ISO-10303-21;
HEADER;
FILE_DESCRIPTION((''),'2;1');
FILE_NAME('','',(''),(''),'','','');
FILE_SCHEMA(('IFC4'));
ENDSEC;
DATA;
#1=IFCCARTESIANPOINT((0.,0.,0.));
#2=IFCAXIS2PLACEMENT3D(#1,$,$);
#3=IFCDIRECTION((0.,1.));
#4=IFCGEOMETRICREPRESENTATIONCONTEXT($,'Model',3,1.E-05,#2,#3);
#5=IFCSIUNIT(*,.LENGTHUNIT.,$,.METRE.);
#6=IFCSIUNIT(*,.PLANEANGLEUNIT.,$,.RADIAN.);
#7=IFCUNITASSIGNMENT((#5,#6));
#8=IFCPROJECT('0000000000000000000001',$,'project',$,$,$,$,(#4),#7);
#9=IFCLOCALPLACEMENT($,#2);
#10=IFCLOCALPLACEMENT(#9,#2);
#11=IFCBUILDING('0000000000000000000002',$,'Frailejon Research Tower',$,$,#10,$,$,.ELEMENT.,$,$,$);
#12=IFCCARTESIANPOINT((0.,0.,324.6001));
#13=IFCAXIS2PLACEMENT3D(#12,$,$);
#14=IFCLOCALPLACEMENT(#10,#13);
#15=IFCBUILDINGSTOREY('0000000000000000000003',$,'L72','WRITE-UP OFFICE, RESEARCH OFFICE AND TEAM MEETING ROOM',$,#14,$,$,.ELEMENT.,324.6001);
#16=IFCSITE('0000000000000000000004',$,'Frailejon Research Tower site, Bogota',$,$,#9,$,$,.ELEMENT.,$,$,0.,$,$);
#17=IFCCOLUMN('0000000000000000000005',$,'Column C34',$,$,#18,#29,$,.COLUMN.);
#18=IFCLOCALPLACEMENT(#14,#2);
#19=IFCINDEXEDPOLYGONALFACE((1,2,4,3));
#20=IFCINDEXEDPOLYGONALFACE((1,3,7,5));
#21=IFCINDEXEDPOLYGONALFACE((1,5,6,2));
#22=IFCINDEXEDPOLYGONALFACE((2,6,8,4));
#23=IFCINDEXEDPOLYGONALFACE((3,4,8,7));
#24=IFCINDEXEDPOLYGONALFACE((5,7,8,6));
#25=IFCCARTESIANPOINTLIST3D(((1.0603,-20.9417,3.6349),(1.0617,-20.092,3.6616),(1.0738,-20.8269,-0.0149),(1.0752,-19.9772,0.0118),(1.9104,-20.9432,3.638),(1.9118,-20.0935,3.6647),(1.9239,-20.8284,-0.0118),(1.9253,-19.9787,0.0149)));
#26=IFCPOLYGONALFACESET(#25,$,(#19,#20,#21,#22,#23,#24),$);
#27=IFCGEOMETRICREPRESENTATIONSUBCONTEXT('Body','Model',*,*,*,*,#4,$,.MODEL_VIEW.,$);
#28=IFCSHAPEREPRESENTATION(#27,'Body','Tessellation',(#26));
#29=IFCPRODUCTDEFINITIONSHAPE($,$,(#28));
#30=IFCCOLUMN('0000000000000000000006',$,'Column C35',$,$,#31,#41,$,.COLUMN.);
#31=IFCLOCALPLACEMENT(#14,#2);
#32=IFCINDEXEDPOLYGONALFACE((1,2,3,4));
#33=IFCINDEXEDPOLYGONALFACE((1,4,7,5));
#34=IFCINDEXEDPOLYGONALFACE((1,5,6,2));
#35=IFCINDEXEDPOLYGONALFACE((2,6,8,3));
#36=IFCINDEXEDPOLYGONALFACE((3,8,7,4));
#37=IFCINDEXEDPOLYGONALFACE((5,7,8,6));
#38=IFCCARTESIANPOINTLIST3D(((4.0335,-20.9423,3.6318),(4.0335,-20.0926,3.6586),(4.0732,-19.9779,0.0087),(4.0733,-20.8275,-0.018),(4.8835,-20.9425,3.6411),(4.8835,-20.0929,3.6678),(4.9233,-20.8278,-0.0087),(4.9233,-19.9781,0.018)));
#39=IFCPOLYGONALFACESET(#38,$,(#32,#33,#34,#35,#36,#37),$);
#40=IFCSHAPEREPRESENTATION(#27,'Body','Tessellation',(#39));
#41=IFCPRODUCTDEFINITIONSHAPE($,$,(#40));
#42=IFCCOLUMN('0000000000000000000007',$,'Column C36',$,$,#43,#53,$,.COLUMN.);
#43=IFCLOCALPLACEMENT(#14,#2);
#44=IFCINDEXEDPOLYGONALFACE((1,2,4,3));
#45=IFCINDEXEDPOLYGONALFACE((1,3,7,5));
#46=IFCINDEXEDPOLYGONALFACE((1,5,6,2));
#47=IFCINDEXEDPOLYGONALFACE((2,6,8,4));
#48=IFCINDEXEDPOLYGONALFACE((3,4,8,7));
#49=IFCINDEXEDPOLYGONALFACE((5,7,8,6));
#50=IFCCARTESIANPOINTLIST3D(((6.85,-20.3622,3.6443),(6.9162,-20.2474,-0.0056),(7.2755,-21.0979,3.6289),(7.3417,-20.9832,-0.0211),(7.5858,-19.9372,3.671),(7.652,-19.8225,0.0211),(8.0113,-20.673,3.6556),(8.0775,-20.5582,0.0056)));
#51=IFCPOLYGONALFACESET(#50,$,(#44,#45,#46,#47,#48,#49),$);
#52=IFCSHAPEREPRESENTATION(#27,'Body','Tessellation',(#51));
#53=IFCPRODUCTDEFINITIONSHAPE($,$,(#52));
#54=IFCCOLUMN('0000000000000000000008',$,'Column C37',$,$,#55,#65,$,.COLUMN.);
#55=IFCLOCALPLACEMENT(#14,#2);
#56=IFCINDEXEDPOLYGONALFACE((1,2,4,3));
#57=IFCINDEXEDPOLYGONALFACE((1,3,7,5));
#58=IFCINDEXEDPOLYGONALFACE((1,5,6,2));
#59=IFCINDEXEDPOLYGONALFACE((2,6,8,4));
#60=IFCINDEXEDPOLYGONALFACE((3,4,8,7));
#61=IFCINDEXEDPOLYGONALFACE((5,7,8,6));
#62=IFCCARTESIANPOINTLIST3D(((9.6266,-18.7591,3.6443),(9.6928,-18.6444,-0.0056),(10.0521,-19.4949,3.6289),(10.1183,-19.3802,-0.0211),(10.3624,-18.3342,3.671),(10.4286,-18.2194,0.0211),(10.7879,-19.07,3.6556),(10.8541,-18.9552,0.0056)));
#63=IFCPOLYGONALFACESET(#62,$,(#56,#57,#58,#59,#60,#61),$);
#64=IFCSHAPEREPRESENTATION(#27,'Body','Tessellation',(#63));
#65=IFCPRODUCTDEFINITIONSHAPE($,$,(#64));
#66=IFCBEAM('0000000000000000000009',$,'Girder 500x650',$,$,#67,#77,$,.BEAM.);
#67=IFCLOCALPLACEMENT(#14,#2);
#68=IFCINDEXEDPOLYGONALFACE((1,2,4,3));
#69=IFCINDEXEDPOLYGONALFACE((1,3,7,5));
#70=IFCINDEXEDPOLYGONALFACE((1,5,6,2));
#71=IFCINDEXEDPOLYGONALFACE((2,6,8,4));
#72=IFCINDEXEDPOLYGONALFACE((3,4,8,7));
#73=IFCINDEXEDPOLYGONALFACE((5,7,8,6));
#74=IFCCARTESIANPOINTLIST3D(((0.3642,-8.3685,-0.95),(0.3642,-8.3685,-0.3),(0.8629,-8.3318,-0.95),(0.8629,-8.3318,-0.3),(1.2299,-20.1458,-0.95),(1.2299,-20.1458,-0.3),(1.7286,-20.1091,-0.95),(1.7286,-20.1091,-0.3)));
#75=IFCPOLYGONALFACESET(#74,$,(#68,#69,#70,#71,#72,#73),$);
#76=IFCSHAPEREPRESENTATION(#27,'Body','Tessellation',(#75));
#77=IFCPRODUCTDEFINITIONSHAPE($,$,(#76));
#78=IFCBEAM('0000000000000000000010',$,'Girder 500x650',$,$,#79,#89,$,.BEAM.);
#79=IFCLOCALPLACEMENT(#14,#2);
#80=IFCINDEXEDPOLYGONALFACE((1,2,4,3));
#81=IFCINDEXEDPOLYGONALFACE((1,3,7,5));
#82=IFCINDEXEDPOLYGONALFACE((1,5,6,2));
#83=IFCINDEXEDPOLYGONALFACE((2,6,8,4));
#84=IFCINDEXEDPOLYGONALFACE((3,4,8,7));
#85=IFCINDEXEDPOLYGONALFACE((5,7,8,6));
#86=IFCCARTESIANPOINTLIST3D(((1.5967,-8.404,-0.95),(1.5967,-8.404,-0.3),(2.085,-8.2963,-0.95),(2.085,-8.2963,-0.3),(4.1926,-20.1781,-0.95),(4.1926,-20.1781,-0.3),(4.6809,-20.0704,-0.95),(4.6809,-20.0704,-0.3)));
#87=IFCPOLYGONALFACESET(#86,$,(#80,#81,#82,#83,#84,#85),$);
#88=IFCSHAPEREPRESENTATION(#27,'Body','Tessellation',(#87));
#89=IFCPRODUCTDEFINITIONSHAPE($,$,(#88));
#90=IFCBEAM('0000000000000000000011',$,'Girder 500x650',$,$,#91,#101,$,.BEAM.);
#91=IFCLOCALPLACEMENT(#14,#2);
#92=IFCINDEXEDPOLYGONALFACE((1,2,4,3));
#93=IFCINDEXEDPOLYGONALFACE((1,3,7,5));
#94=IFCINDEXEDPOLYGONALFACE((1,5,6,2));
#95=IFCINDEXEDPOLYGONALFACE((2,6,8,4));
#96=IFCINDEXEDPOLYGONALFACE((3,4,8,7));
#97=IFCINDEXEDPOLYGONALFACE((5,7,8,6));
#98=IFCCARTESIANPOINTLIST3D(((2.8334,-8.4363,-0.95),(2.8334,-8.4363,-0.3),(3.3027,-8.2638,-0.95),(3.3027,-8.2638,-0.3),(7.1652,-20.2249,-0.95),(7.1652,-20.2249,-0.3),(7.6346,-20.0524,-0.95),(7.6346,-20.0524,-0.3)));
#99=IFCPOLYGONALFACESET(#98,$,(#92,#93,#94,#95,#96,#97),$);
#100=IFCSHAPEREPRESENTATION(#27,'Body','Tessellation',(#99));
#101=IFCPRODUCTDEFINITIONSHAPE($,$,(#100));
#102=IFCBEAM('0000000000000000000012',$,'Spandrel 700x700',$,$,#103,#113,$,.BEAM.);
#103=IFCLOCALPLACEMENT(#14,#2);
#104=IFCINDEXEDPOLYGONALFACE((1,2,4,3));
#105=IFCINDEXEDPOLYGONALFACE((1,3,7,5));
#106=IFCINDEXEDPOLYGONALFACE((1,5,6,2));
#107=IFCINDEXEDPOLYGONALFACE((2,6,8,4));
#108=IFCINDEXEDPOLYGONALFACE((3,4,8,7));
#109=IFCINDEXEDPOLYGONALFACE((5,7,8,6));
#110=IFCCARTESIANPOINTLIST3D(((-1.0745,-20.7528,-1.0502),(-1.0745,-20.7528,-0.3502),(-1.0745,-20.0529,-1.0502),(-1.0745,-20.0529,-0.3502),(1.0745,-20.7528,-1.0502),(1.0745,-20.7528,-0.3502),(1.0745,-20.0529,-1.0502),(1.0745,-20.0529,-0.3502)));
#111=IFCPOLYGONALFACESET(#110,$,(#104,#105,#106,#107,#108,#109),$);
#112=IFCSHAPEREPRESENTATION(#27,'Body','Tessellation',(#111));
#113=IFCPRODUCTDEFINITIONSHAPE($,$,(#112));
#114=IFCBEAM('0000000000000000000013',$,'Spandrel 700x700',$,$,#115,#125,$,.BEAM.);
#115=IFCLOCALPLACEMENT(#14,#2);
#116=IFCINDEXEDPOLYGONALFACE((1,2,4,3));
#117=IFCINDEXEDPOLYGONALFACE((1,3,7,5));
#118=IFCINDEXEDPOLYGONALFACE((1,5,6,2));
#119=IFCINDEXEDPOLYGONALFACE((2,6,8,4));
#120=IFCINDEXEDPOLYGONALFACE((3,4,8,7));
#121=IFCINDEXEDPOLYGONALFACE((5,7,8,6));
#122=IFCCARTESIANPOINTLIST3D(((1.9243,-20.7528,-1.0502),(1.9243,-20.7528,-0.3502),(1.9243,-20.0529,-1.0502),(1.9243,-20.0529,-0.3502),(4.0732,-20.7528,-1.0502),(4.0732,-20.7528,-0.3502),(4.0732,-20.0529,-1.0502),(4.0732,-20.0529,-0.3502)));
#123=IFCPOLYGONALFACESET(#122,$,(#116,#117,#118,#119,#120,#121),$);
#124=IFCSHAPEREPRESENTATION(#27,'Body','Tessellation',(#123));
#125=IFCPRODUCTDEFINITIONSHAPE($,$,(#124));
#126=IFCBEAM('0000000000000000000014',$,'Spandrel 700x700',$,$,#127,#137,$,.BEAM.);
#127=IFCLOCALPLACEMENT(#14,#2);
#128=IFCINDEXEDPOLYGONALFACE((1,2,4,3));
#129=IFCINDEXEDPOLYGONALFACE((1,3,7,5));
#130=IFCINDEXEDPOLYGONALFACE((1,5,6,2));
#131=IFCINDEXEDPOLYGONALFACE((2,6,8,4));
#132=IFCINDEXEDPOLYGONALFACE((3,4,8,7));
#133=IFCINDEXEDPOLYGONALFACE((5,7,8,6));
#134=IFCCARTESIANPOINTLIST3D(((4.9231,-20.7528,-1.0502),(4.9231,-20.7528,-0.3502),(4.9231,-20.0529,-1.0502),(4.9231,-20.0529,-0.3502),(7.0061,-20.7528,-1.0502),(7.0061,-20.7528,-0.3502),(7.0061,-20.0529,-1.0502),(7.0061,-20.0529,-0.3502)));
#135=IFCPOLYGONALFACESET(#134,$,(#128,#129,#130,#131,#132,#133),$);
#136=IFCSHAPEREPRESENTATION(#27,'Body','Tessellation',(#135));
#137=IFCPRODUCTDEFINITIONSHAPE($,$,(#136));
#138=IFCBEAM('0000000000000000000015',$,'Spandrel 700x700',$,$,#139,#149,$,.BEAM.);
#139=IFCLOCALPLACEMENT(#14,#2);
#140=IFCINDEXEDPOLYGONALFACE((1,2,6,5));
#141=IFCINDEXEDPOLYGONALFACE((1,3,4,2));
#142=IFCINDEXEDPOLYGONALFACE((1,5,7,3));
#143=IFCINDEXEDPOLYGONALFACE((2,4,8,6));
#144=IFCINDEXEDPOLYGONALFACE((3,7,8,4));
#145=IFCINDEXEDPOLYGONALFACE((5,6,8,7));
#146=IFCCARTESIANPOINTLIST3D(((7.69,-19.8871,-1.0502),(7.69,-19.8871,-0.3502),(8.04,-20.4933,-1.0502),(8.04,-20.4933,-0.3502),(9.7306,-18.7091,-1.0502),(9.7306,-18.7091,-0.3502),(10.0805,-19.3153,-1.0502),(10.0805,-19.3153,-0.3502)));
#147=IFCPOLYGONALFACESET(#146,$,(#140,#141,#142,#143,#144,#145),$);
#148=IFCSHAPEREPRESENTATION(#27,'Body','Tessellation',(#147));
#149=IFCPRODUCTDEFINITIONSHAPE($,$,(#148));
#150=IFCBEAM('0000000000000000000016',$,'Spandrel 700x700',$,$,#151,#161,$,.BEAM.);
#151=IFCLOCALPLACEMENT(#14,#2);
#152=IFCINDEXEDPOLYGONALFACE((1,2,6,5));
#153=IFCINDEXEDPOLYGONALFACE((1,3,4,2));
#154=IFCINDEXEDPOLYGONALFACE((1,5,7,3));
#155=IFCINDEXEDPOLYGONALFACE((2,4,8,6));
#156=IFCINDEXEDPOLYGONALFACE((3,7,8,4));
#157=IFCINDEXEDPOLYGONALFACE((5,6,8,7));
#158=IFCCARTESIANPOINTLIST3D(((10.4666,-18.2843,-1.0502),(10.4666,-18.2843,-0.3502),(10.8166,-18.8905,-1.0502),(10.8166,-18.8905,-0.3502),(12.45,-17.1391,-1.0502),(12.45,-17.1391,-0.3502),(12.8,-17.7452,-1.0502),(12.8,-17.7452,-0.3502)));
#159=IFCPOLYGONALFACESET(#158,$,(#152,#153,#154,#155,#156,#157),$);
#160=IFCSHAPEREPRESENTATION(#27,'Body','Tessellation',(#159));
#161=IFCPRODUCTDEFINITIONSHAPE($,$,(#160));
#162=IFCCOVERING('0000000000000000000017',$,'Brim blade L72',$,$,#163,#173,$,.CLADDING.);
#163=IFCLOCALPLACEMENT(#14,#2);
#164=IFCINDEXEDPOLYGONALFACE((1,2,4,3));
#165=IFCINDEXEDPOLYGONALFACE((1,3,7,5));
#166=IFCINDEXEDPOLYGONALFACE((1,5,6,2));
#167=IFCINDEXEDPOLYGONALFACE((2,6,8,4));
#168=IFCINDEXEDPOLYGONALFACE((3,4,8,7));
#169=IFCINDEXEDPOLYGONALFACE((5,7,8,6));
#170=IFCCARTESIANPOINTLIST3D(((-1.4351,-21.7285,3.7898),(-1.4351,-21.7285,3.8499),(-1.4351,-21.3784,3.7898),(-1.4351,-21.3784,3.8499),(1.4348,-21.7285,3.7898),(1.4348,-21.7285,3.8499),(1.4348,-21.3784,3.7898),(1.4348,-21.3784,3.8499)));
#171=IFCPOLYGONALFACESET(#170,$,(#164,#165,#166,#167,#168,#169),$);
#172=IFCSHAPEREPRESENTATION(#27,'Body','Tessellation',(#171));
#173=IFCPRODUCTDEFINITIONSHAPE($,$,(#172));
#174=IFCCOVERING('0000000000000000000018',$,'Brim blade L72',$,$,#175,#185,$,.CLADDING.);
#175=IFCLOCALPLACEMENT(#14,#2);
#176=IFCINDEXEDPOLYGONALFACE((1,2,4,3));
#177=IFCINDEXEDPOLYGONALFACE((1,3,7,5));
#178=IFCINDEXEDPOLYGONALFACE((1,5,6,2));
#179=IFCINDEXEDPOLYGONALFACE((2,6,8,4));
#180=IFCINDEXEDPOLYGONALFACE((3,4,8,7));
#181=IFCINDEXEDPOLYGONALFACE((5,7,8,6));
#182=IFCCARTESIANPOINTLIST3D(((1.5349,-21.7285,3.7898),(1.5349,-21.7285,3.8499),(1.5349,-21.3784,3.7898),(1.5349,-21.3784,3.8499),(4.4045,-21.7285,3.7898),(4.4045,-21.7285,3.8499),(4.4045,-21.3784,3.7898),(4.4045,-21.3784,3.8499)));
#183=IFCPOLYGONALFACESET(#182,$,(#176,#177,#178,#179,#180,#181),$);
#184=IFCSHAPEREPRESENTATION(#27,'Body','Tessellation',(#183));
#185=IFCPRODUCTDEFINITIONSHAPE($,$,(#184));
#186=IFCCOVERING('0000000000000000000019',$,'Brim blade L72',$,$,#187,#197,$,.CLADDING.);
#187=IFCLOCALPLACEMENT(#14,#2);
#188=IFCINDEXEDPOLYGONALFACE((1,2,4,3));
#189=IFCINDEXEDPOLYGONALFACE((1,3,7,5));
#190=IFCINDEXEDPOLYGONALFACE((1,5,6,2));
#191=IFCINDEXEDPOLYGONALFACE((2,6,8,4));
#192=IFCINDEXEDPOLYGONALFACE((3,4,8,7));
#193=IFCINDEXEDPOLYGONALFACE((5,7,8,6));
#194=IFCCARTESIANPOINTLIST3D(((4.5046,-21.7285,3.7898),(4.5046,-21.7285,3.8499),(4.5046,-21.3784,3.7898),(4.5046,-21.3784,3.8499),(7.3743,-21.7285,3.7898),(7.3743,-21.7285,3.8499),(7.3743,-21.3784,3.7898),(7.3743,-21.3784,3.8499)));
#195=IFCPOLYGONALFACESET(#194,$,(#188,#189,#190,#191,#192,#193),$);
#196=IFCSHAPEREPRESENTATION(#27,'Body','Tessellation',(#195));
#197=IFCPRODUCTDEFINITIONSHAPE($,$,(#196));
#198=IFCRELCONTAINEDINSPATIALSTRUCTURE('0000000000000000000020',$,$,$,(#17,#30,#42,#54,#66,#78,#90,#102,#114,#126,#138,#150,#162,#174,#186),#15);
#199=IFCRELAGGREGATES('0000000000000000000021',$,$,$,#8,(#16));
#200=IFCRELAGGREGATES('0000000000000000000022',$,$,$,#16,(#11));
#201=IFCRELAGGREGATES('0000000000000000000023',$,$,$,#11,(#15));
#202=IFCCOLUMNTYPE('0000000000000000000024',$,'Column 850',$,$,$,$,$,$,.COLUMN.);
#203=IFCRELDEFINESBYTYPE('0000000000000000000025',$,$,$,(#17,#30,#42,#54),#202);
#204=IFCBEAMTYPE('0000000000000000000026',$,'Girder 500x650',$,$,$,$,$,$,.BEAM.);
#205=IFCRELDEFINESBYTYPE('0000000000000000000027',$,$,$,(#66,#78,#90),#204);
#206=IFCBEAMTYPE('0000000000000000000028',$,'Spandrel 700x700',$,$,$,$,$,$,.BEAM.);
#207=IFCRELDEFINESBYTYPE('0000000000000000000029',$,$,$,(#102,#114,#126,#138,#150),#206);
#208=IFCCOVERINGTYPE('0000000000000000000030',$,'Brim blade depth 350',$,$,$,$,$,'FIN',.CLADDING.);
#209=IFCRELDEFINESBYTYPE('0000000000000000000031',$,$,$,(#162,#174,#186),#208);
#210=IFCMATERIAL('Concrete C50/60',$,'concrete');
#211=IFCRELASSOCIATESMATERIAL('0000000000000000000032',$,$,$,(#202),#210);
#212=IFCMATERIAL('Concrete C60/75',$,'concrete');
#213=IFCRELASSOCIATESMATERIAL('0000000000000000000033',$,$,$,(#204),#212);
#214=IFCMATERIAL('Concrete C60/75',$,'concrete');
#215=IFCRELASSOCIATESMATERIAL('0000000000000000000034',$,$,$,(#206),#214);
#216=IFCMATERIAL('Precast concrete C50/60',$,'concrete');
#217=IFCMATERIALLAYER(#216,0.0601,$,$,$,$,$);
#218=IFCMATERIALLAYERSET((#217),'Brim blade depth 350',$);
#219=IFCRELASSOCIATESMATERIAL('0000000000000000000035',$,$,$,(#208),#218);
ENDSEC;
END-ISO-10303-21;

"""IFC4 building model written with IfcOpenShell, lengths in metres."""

from ifc_helpers import new_model, si_unit, direction, frame, origin, origin_2d, place, context, subcontext, project, spatial, polyline, rectangle, outline, extrude, material, layer, layer_set, material_profile, profile_set, type_object, element, save


model = new_model("IFC4")

# Units and contexts
model_context = context("Model", 3, precision=1e-05, world=origin(), true_north=direction((0.0, 1.0)))
body_context = subcontext(model_context, "Body", "Model", "MODEL_VIEW")
ifc_project = project(units=[si_unit("LENGTHUNIT", "METRE"), si_unit("PLANEANGLEUNIT", "RADIAN")], contexts=[model_context])

# Site, building, storey
site_placement = place(None, origin())
site = spatial("IfcSite", under=ifc_project, at=site_placement, Name="Frailejon Research Tower site, Bogota", CompositionType="ELEMENT", RefElevation=0.0)
building_placement = place(site_placement, origin())
building = spatial("IfcBuilding", under=site, at=building_placement, Name="Frailejon Research Tower", CompositionType="ELEMENT")
storey_placement = place(building_placement, frame((0.0, 0.0, 324.6001)))
storey = spatial("IfcBuildingStorey", under=building, at=storey_placement, Name="L72", Description="WRITE-UP OFFICE, RESEARCH OFFICE AND TEAM MEETING ROOM", CompositionType="ELEMENT", Elevation=324.6001)

# Columns
ifc_material_1 = material(Name="Concrete C50/60", Category="concrete")
ifc_material_profile_1 = material_profile(ifc_material_1, rectangle(XDim=0.8501, YDim=0.8501, at=origin_2d()), Name="Column 850")
ifc_profile_set_1 = profile_set([ifc_material_profile_1], Name="Concrete C50/60")
column_type = type_object("IfcColumnType", Name="Column 850", PredefinedType="COLUMN", material=ifc_profile_set_1)
column_1_placement = place(storey_placement, frame((1.4995, -20.4028, 0.0), z_axis=(-0.003677, -0.031422, 0.999499), x_axis=(0.999992, -0.001758, 0.003624)))
element("IfcColumn", 1, at=column_1_placement, inside=storey, type_object=column_type, Name="Column C34", PredefinedType="COLUMN", context=body_context, shape_type="SweptSolid", body=[
    extrude(rectangle(XDim=0.8501, YDim=0.8501, at=origin_2d()), origin(), (0.0, 0.0, 1.0), 3.6516),
])
column_2_placement = place(storey_placement, frame((4.4983, -20.4028, 0.0), z_axis=(-0.010897, -0.031421, 0.999447), x_axis=(0.999941, -0.000298, 0.010893)))
element("IfcColumn", 2, at=column_2_placement, inside=storey, type_object=column_type, Name="Column C35", PredefinedType="COLUMN", context=body_context, shape_type="SweptSolid", body=[
    extrude(rectangle(XDim=0.8501, YDim=0.8501, at=origin_2d()), origin(), (0.0, 0.0, 1.0), 3.6519),
])
for number, where, z_axis, x_axis, name in (
    (3, (7.4968, -20.4028, 0.0), (-0.018115, -0.031417, 0.999342), (0.86552, 0.499889, 0.031405), "Column C36"),
    (4, (10.2734, -18.7998, 0.0), (-0.018115, -0.031417, 0.999342), (0.86552, 0.499889, 0.031405), "Column C37"),
):
    element("IfcColumn", number, at=place(storey_placement, frame(where, z_axis=z_axis, x_axis=x_axis)), inside=storey, type_object=column_type, Name=name, PredefinedType="COLUMN", context=body_context, shape_type="SweptSolid", body=[
        extrude(rectangle(XDim=0.8501, YDim=0.8501, at=origin_2d()), origin(), (0.0, 0.0, 1.0), 3.6523),
    ])

# Beams
ifc_material_2 = material(Name="Concrete C60/75", Category="concrete")
ifc_material_profile_2 = material_profile(ifc_material_2, rectangle(XDim=0.5, YDim=0.6499, at=origin_2d()), Name="Girder 500x650")
ifc_profile_set_2 = profile_set([ifc_material_profile_2], Name="Concrete C60/75")
beam_type_1 = type_object("IfcBeamType", Name="Girder 500x650", PredefinedType="BEAM", material=ifc_profile_set_2)
beam_1_placement = place(storey_placement, frame((1.4792, -20.1274, -0.625), z_axis=(-0.07331, 0.997309, 0.0), x_axis=(-0.997309, -0.07331, 0.0)))
element("IfcBeam", 5, at=beam_1_placement, inside=storey, type_object=beam_type_1, Name="Girder 500x650", PredefinedType="BEAM", context=body_context, shape_type="SweptSolid", body=[
    extrude(rectangle(XDim=0.5, YDim=0.6499, at=origin_2d()), origin(), (0.0, 0.0, 1.0), 11.8091),
])
beam_2_placement = place(storey_placement, frame((4.4368, -20.1243, -0.625), z_axis=(-0.215307, 0.976546, 0.0), x_axis=(-0.976546, -0.215307, 0.0)))
element("IfcBeam", 6, at=beam_2_placement, inside=storey, type_object=beam_type_1, Name="Girder 500x650", PredefinedType="BEAM", context=body_context, shape_type="SweptSolid", body=[
    extrude(rectangle(XDim=0.5, YDim=0.6499, at=origin_2d()), origin(), (0.0, 0.0, 1.0), 12.0569),
])
beam_3_placement = place(storey_placement, frame((7.3999, -20.1387, -0.625), z_axis=(-0.344908, 0.938636, 0.0), x_axis=(-0.938636, -0.344908, 0.0)))
element("IfcBeam", 7, at=beam_3_placement, inside=storey, type_object=beam_type_1, Name="Girder 500x650", PredefinedType="BEAM", context=body_context, shape_type="SweptSolid", body=[
    extrude(rectangle(XDim=0.5, YDim=0.6499, at=origin_2d()), origin(), (0.0, 0.0, 1.0), 12.5593),
])
ifc_material_3 = material(Name="Concrete C60/75", Category="concrete")
ifc_material_profile_3 = material_profile(ifc_material_3, rectangle(XDim=0.7, YDim=0.7, at=origin_2d()), Name="Spandrel 700x700")
ifc_profile_set_3 = profile_set([ifc_material_profile_3], Name="Concrete C60/75")
beam_type_2 = type_object("IfcBeamType", Name="Spandrel 700x700", PredefinedType="BEAM", material=ifc_profile_set_3)
for number, where, z_axis, x_axis, name in (
    (8, (-1.0745, -20.4028, -0.7002), (1.0, 0.0, 0.0), (0.0, 1.0, 0.0), "Spandrel 700x700"),
    (9, (1.9243, -20.4028, -0.7002), (1.0, 0.0, 0.0), (0.0, 1.0, 0.0), "Spandrel 700x700"),
):
    element("IfcBeam", number, at=place(storey_placement, frame(where, z_axis=z_axis, x_axis=x_axis)), inside=storey, type_object=beam_type_2, Name=name, PredefinedType="BEAM", context=body_context, shape_type="SweptSolid", body=[
        extrude(rectangle(XDim=0.7, YDim=0.7, at=origin_2d()), origin(), (0.0, 0.0, 1.0), 2.1489),
    ])
beam_4_placement = place(storey_placement, frame((4.9231, -20.4028, -0.7002), z_axis=(1.0, 0.0, 0.0), x_axis=(0.0, 1.0, 0.0)))
element("IfcBeam", 10, at=beam_4_placement, inside=storey, type_object=beam_type_2, Name="Spandrel 700x700", PredefinedType="BEAM", context=body_context, shape_type="SweptSolid", body=[
    extrude(rectangle(XDim=0.7, YDim=0.7, at=origin_2d()), origin(), (0.0, 0.0, 1.0), 2.083),
])
beam_5_placement = place(storey_placement, frame((7.865, -20.1902, -0.7002), z_axis=(0.866048, 0.499962, 0.0), x_axis=(-0.499962, 0.866048, 0.0)))
element("IfcBeam", 11, at=beam_5_placement, inside=storey, type_object=beam_type_2, Name="Spandrel 700x700", PredefinedType="BEAM", context=body_context, shape_type="SweptSolid", body=[
    extrude(rectangle(XDim=0.7, YDim=0.7, at=origin_2d()), origin(), (0.0, 0.0, 1.0), 2.3562),
])
beam_6_placement = place(storey_placement, frame((10.6416, -18.5874, -0.7002), z_axis=(0.865997, 0.500048, 0.0), x_axis=(-0.500048, 0.865997, 0.0)))
element("IfcBeam", 12, at=beam_6_placement, inside=storey, type_object=beam_type_2, Name="Spandrel 700x700", PredefinedType="BEAM", context=body_context, shape_type="SweptSolid", body=[
    extrude(rectangle(XDim=0.7, YDim=0.7, at=origin_2d()), origin(), (0.0, 0.0, 1.0), 2.2903),
])

# Coverings
ifc_material_4 = material(Name="Precast concrete C50/60", Category="concrete")
ifc_layer_1 = layer(ifc_material_4, 0.0601)
ifc_layer_set_1 = layer_set([ifc_layer_1], Name="Brim blade depth 350")
covering_type_1 = type_object("IfcCoveringType", Name="Brim blade depth 350", ElementType="FIN", PredefinedType="CLADDING", material=ifc_layer_set_1)
covering_1_placement = place(storey_placement, frame((1.4348, -21.3784, 3.8499), z_axis=(-1.0, 0.0, 0.0), x_axis=(0.0, -1.0, 0.0)))
element("IfcCovering", 13, at=covering_1_placement, inside=storey, type_object=covering_type_1, Name="Brim blade L72", PredefinedType="CLADDING", context=body_context, shape_type="SweptSolid", body=[
    extrude(outline(polyline([(0.0, -0.0601), (0.3501, -0.0601), (0.3501, 0.0), (0.0, 0.0), (0.0, -0.0601)])), origin(), (0.0, 0.0, 1.0), 2.8699),
])
for number, where, z_axis, x_axis, name in (
    (14, (4.4045, -21.3784, 3.8499), (-1.0, 0.0, 0.0), (0.0, -1.0, 0.0), "Brim blade L72"),
    (15, (7.3743, -21.3784, 3.8499), (-1.0, 0.0, 0.0), (0.0, -1.0, 0.0), "Brim blade L72"),
):
    element("IfcCovering", number, at=place(storey_placement, frame(where, z_axis=z_axis, x_axis=x_axis)), inside=storey, type_object=covering_type_1, Name=name, PredefinedType="CLADDING", context=body_context, shape_type="SweptSolid", body=[
        extrude(outline(polyline([(0.0, -0.0601), (0.3501, -0.0601), (0.3501, 0.0), (0.0, 0.0), (0.0, -0.0601)])), origin(), (0.0, 0.0, 1.0), 2.8696),
    ])

save(model, "model.ifc")
